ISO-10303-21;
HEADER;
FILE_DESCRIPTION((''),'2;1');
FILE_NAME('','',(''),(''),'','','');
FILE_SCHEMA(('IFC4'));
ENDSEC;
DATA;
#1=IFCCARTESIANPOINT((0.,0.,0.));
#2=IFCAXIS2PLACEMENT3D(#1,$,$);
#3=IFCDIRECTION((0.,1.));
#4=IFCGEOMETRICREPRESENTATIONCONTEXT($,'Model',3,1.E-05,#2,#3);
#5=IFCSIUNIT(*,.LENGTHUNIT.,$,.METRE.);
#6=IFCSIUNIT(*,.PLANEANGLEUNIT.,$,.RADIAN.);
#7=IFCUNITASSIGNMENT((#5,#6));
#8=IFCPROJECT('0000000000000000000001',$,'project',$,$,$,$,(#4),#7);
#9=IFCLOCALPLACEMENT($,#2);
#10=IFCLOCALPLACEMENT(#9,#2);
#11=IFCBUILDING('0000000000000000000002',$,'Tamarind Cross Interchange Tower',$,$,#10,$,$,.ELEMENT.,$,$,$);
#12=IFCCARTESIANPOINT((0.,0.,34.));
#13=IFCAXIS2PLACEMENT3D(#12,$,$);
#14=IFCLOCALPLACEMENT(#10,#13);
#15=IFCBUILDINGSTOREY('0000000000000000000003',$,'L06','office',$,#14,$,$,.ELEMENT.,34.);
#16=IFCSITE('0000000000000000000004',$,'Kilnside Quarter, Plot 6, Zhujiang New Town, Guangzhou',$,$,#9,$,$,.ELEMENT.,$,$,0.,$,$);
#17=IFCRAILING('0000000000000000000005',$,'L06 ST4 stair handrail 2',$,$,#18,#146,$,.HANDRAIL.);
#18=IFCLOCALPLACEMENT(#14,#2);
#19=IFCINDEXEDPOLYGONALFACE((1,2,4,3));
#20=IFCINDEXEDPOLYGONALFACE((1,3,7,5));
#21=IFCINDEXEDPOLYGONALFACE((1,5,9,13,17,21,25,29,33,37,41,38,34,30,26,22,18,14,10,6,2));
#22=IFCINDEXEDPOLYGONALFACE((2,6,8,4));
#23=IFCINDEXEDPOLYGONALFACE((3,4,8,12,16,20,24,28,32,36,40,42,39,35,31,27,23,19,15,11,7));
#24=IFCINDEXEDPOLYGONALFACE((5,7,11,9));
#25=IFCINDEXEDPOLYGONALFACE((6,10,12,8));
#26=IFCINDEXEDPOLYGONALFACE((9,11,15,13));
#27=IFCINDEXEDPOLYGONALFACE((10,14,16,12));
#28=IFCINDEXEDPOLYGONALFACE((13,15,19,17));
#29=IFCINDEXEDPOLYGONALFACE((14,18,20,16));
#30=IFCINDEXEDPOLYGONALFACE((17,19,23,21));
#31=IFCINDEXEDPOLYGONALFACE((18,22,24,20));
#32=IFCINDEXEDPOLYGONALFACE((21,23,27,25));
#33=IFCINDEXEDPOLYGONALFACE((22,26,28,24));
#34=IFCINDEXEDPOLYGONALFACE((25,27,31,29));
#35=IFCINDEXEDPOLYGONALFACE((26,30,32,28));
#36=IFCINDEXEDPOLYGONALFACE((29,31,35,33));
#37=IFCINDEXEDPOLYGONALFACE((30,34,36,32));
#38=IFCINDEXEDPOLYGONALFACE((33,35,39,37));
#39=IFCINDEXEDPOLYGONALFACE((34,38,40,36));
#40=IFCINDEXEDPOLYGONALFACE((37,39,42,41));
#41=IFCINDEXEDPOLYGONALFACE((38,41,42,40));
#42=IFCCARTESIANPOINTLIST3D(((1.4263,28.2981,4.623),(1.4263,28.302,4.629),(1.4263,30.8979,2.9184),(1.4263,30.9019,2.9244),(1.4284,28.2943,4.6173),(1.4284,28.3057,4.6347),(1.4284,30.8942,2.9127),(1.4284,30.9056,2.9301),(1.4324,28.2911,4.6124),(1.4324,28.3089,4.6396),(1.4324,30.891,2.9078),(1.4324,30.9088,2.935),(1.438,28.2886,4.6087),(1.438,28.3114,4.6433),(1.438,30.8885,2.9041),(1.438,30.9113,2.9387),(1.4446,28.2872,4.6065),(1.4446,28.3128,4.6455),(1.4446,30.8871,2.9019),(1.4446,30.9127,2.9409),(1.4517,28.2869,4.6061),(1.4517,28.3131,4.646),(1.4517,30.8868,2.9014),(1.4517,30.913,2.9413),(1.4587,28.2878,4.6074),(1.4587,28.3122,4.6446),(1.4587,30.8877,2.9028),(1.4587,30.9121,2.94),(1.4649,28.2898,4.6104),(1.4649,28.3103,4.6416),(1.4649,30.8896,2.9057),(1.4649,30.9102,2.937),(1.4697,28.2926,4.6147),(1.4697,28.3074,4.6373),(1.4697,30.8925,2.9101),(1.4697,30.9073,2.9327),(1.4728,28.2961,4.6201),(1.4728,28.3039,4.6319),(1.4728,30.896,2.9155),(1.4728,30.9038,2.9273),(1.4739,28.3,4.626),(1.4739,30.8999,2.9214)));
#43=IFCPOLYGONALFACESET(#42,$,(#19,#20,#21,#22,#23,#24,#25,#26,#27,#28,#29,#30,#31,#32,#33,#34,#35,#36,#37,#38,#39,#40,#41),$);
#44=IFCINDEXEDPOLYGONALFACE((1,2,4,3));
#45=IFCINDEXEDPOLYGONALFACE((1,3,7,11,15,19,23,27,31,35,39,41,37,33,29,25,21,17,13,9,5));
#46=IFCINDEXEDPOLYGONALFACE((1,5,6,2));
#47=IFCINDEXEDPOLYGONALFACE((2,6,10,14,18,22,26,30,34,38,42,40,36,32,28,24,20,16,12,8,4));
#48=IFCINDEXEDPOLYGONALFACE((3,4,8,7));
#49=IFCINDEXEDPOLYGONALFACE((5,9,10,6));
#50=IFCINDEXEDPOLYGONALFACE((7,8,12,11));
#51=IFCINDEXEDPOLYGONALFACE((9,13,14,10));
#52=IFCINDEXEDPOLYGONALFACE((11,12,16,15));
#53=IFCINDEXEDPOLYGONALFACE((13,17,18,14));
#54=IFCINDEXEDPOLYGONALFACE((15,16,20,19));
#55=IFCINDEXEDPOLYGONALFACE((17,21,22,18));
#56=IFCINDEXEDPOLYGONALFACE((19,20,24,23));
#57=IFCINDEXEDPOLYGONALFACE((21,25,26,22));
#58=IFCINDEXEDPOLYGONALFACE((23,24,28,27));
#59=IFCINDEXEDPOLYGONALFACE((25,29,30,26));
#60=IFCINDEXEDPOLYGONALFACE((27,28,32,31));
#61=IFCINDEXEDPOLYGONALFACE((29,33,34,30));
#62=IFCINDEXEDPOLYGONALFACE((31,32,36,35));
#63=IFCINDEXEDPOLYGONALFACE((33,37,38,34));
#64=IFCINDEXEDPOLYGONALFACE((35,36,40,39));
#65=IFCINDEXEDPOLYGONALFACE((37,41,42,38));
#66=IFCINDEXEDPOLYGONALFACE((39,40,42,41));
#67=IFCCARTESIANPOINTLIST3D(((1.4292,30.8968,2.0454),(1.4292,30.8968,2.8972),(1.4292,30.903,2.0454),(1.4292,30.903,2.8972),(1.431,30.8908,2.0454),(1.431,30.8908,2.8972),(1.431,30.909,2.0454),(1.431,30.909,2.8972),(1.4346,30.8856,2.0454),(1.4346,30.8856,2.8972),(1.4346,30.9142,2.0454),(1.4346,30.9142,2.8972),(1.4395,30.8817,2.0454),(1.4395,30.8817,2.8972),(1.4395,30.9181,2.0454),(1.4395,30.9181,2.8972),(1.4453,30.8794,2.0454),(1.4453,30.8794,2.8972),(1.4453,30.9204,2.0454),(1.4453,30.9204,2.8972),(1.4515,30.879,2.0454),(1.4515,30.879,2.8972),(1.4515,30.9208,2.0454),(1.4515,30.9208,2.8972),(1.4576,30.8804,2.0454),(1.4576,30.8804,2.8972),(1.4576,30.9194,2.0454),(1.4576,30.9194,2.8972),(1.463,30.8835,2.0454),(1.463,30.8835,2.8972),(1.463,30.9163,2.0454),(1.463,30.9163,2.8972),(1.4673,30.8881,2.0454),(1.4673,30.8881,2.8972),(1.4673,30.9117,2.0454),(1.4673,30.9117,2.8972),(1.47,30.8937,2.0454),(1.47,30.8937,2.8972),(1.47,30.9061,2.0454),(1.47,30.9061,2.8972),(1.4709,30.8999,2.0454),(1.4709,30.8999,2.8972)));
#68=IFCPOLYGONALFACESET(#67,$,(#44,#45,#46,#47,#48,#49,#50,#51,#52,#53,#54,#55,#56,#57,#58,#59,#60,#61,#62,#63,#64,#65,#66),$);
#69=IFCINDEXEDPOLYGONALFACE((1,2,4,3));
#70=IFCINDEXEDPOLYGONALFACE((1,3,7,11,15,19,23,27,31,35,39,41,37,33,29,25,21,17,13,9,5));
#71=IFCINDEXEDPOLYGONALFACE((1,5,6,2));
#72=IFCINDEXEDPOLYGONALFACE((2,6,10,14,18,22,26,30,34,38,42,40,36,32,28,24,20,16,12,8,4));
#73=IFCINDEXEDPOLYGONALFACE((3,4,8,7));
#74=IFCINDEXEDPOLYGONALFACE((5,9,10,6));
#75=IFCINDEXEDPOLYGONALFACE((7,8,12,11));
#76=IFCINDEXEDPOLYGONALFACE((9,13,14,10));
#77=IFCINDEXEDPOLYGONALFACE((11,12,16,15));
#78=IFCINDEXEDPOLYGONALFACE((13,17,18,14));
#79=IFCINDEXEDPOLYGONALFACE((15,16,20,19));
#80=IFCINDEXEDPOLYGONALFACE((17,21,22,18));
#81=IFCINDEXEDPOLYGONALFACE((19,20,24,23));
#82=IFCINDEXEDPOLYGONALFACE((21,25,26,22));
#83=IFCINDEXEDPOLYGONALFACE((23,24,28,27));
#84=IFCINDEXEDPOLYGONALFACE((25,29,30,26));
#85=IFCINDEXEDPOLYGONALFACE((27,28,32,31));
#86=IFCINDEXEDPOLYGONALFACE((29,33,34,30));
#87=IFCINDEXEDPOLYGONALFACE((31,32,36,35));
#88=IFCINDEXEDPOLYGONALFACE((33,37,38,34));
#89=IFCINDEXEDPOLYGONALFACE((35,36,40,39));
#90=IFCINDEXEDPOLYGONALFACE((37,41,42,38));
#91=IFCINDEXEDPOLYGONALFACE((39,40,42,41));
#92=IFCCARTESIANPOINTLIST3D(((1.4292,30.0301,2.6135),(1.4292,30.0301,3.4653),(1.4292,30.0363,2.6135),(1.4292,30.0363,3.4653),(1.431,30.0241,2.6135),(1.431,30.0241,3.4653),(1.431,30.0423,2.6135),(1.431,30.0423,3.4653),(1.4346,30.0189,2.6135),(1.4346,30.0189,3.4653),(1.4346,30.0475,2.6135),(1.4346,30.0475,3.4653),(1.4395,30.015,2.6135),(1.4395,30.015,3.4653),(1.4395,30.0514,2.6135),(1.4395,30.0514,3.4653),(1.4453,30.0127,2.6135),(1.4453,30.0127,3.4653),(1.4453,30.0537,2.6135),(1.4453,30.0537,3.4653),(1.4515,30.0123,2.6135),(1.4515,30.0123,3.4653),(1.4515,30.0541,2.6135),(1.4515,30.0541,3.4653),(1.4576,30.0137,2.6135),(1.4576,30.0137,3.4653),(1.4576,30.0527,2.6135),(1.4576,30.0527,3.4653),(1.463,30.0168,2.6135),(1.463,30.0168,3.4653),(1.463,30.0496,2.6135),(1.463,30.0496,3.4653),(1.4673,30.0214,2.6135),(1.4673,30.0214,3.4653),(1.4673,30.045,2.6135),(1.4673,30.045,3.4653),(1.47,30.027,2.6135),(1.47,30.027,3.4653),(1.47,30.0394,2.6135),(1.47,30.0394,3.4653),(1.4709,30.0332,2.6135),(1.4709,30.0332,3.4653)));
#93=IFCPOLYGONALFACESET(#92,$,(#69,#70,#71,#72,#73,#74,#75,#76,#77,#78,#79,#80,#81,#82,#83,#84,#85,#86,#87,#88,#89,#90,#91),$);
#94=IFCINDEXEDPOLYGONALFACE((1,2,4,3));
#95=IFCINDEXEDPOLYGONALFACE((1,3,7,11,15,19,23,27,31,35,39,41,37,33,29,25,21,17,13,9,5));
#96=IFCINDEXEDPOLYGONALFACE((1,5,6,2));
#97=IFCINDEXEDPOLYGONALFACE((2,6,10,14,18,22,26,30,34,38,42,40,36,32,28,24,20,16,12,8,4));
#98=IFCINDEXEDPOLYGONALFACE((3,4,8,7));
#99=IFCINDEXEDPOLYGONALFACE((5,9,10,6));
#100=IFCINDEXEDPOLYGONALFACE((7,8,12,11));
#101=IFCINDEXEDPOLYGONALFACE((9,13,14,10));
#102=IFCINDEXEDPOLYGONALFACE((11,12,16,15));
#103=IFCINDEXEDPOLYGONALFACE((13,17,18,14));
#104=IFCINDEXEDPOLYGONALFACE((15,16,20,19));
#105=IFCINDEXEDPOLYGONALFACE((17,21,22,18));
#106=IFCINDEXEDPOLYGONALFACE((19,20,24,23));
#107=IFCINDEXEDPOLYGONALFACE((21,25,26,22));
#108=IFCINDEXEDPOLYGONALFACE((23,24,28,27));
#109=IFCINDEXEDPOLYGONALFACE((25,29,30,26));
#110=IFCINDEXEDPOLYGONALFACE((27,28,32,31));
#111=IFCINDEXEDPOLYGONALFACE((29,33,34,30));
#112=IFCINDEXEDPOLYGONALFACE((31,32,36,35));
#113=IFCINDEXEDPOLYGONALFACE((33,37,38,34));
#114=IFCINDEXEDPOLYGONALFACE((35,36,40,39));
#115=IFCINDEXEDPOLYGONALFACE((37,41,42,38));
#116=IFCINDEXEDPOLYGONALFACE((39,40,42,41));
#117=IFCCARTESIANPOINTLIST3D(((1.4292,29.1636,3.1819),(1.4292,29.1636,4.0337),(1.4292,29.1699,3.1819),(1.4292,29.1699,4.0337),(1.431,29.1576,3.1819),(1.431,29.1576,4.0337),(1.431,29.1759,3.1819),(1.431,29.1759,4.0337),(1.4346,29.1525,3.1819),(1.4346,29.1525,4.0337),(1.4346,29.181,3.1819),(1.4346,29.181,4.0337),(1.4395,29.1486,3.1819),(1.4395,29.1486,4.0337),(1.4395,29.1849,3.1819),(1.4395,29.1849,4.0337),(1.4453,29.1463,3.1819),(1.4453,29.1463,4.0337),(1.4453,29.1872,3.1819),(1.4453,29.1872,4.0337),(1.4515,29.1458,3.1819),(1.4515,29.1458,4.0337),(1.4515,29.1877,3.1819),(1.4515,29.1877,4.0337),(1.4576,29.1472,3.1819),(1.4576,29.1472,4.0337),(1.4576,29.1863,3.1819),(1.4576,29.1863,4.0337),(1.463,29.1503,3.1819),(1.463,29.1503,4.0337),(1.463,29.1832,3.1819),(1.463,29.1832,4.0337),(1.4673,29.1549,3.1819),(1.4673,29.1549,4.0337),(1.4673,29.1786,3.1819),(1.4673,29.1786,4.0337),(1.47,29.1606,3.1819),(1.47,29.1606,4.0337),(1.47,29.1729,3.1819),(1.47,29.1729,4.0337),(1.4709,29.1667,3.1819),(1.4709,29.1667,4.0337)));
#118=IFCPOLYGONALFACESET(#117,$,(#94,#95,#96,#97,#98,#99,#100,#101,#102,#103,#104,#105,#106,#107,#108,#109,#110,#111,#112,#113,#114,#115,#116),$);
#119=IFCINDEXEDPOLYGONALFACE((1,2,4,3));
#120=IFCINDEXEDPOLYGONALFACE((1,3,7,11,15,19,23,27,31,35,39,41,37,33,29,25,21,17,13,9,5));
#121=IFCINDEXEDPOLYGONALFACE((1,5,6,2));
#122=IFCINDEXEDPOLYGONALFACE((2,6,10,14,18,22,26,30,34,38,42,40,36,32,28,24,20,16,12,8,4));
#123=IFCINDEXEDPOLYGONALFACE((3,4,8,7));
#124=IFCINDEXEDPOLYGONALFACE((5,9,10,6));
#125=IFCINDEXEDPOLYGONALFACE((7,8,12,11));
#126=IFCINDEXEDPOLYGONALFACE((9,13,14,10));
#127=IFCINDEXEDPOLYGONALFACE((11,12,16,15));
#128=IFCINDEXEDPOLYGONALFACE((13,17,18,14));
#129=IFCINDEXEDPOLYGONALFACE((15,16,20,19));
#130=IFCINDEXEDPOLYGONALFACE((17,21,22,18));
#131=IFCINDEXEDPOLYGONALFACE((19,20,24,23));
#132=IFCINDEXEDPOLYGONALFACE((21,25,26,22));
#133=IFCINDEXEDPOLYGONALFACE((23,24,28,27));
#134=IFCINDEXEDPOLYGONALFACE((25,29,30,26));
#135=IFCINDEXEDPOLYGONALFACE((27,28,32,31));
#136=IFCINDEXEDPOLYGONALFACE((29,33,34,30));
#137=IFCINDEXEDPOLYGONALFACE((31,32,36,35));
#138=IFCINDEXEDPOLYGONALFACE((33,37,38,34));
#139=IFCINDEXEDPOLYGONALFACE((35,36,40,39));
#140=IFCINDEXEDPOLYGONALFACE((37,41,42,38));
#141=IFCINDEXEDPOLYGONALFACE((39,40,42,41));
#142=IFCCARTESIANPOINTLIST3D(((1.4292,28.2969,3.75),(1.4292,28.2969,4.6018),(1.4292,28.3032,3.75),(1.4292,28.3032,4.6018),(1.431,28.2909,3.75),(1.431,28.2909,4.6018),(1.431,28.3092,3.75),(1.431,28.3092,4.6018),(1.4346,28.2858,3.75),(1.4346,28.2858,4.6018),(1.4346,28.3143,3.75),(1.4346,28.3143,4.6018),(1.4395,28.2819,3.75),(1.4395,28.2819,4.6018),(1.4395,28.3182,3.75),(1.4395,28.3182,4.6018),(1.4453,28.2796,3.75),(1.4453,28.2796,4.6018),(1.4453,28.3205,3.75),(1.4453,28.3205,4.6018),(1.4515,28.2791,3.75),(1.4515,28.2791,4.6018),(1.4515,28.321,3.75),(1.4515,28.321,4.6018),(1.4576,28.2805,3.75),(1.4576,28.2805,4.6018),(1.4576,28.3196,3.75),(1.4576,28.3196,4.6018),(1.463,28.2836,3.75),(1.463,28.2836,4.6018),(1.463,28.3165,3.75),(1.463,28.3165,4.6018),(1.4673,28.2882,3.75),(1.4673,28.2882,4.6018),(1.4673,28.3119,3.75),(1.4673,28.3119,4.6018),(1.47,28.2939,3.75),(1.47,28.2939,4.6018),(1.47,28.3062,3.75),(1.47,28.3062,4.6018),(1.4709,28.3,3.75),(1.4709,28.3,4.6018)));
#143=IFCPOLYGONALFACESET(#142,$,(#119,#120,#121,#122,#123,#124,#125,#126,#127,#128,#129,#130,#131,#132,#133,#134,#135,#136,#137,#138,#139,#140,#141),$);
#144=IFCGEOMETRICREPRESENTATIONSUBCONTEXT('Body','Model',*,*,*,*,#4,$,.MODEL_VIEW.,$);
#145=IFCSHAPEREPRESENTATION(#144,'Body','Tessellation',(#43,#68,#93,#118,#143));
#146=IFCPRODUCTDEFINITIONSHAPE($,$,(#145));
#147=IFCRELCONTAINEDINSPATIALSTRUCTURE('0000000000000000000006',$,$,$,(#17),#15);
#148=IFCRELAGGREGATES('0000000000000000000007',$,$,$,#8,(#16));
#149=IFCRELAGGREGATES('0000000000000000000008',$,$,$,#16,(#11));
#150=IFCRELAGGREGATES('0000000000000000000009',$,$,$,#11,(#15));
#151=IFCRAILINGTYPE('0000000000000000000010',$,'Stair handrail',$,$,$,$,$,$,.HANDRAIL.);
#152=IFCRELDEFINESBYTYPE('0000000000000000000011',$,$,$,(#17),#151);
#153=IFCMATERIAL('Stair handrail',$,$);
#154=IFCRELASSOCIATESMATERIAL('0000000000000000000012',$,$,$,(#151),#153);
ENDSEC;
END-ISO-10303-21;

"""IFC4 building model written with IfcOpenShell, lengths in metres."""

from ifc_helpers import new_model, si_unit, direction, frame, origin, origin_2d, place, context, subcontext, project, spatial, circle, extrude, material, type_object, element, save


model = new_model("IFC4")

# Units and contexts
model_context = context("Model", 3, precision=1e-05, world=origin(), true_north=direction((0.0, 1.0)))
body_context = subcontext(model_context, "Body", "Model", "MODEL_VIEW")
ifc_project = project(units=[si_unit("LENGTHUNIT", "METRE"), si_unit("PLANEANGLEUNIT", "RADIAN")], contexts=[model_context])

# Site, building, storey
site_placement = place(None, origin())
site = spatial("IfcSite", under=ifc_project, at=site_placement, Name="Kilnside Quarter, Plot 6, Zhujiang New Town, Guangzhou", CompositionType="ELEMENT", RefElevation=0.0)
building_placement = place(site_placement, origin())
building = spatial("IfcBuilding", under=site, at=building_placement, Name="Tamarind Cross Interchange Tower", CompositionType="ELEMENT")
storey_placement = place(building_placement, frame((0.0, 0.0, 34.0)))
storey = spatial("IfcBuildingStorey", under=building, at=storey_placement, Name="L06", Description="office", CompositionType="ELEMENT", Elevation=34.0)

# Railing
ifc_material_1 = material(Name="Stair handrail")
railing_type_1 = type_object("IfcRailingType", Name="Stair handrail", PredefinedType="HANDRAIL", material=ifc_material_1)
railing_1_placement = place(storey_placement, frame((1.45, 30.8999, 2.0454)))
element("IfcRailing", 1, at=railing_1_placement, inside=storey, type_object=railing_type_1, Name="L06 ST4 stair handrail 2", PredefinedType="HANDRAIL", context=body_context, shape_type="SweptSolid", body=[
    extrude(circle(Radius=0.0239, at=origin_2d()), frame((0.0, 0.0, 0.876), z_axis=(0.0, -0.836279, 0.548305), x_axis=(1.0, 0.0, 0.0)), (0.0, 0.0, 1.0), 3.1089),
    extrude(circle(Radius=0.021, at=origin_2d()), origin(), (0.0, 0.0, 1.0), 0.8518),
    extrude(circle(Radius=0.021, at=origin_2d()), frame((0.0, -0.8667, 0.5681)), (0.0, 0.0, 1.0), 0.8518),
    extrude(circle(Radius=0.021, at=origin_2d()), frame((0.0, -1.7332, 1.1365)), (0.0, 0.0, 1.0), 0.8518),
    extrude(circle(Radius=0.021, at=origin_2d()), frame((0.0, -2.5999, 1.7046)), (0.0, 0.0, 1.0), 0.8518),
])

save(model, "model.ifc")
